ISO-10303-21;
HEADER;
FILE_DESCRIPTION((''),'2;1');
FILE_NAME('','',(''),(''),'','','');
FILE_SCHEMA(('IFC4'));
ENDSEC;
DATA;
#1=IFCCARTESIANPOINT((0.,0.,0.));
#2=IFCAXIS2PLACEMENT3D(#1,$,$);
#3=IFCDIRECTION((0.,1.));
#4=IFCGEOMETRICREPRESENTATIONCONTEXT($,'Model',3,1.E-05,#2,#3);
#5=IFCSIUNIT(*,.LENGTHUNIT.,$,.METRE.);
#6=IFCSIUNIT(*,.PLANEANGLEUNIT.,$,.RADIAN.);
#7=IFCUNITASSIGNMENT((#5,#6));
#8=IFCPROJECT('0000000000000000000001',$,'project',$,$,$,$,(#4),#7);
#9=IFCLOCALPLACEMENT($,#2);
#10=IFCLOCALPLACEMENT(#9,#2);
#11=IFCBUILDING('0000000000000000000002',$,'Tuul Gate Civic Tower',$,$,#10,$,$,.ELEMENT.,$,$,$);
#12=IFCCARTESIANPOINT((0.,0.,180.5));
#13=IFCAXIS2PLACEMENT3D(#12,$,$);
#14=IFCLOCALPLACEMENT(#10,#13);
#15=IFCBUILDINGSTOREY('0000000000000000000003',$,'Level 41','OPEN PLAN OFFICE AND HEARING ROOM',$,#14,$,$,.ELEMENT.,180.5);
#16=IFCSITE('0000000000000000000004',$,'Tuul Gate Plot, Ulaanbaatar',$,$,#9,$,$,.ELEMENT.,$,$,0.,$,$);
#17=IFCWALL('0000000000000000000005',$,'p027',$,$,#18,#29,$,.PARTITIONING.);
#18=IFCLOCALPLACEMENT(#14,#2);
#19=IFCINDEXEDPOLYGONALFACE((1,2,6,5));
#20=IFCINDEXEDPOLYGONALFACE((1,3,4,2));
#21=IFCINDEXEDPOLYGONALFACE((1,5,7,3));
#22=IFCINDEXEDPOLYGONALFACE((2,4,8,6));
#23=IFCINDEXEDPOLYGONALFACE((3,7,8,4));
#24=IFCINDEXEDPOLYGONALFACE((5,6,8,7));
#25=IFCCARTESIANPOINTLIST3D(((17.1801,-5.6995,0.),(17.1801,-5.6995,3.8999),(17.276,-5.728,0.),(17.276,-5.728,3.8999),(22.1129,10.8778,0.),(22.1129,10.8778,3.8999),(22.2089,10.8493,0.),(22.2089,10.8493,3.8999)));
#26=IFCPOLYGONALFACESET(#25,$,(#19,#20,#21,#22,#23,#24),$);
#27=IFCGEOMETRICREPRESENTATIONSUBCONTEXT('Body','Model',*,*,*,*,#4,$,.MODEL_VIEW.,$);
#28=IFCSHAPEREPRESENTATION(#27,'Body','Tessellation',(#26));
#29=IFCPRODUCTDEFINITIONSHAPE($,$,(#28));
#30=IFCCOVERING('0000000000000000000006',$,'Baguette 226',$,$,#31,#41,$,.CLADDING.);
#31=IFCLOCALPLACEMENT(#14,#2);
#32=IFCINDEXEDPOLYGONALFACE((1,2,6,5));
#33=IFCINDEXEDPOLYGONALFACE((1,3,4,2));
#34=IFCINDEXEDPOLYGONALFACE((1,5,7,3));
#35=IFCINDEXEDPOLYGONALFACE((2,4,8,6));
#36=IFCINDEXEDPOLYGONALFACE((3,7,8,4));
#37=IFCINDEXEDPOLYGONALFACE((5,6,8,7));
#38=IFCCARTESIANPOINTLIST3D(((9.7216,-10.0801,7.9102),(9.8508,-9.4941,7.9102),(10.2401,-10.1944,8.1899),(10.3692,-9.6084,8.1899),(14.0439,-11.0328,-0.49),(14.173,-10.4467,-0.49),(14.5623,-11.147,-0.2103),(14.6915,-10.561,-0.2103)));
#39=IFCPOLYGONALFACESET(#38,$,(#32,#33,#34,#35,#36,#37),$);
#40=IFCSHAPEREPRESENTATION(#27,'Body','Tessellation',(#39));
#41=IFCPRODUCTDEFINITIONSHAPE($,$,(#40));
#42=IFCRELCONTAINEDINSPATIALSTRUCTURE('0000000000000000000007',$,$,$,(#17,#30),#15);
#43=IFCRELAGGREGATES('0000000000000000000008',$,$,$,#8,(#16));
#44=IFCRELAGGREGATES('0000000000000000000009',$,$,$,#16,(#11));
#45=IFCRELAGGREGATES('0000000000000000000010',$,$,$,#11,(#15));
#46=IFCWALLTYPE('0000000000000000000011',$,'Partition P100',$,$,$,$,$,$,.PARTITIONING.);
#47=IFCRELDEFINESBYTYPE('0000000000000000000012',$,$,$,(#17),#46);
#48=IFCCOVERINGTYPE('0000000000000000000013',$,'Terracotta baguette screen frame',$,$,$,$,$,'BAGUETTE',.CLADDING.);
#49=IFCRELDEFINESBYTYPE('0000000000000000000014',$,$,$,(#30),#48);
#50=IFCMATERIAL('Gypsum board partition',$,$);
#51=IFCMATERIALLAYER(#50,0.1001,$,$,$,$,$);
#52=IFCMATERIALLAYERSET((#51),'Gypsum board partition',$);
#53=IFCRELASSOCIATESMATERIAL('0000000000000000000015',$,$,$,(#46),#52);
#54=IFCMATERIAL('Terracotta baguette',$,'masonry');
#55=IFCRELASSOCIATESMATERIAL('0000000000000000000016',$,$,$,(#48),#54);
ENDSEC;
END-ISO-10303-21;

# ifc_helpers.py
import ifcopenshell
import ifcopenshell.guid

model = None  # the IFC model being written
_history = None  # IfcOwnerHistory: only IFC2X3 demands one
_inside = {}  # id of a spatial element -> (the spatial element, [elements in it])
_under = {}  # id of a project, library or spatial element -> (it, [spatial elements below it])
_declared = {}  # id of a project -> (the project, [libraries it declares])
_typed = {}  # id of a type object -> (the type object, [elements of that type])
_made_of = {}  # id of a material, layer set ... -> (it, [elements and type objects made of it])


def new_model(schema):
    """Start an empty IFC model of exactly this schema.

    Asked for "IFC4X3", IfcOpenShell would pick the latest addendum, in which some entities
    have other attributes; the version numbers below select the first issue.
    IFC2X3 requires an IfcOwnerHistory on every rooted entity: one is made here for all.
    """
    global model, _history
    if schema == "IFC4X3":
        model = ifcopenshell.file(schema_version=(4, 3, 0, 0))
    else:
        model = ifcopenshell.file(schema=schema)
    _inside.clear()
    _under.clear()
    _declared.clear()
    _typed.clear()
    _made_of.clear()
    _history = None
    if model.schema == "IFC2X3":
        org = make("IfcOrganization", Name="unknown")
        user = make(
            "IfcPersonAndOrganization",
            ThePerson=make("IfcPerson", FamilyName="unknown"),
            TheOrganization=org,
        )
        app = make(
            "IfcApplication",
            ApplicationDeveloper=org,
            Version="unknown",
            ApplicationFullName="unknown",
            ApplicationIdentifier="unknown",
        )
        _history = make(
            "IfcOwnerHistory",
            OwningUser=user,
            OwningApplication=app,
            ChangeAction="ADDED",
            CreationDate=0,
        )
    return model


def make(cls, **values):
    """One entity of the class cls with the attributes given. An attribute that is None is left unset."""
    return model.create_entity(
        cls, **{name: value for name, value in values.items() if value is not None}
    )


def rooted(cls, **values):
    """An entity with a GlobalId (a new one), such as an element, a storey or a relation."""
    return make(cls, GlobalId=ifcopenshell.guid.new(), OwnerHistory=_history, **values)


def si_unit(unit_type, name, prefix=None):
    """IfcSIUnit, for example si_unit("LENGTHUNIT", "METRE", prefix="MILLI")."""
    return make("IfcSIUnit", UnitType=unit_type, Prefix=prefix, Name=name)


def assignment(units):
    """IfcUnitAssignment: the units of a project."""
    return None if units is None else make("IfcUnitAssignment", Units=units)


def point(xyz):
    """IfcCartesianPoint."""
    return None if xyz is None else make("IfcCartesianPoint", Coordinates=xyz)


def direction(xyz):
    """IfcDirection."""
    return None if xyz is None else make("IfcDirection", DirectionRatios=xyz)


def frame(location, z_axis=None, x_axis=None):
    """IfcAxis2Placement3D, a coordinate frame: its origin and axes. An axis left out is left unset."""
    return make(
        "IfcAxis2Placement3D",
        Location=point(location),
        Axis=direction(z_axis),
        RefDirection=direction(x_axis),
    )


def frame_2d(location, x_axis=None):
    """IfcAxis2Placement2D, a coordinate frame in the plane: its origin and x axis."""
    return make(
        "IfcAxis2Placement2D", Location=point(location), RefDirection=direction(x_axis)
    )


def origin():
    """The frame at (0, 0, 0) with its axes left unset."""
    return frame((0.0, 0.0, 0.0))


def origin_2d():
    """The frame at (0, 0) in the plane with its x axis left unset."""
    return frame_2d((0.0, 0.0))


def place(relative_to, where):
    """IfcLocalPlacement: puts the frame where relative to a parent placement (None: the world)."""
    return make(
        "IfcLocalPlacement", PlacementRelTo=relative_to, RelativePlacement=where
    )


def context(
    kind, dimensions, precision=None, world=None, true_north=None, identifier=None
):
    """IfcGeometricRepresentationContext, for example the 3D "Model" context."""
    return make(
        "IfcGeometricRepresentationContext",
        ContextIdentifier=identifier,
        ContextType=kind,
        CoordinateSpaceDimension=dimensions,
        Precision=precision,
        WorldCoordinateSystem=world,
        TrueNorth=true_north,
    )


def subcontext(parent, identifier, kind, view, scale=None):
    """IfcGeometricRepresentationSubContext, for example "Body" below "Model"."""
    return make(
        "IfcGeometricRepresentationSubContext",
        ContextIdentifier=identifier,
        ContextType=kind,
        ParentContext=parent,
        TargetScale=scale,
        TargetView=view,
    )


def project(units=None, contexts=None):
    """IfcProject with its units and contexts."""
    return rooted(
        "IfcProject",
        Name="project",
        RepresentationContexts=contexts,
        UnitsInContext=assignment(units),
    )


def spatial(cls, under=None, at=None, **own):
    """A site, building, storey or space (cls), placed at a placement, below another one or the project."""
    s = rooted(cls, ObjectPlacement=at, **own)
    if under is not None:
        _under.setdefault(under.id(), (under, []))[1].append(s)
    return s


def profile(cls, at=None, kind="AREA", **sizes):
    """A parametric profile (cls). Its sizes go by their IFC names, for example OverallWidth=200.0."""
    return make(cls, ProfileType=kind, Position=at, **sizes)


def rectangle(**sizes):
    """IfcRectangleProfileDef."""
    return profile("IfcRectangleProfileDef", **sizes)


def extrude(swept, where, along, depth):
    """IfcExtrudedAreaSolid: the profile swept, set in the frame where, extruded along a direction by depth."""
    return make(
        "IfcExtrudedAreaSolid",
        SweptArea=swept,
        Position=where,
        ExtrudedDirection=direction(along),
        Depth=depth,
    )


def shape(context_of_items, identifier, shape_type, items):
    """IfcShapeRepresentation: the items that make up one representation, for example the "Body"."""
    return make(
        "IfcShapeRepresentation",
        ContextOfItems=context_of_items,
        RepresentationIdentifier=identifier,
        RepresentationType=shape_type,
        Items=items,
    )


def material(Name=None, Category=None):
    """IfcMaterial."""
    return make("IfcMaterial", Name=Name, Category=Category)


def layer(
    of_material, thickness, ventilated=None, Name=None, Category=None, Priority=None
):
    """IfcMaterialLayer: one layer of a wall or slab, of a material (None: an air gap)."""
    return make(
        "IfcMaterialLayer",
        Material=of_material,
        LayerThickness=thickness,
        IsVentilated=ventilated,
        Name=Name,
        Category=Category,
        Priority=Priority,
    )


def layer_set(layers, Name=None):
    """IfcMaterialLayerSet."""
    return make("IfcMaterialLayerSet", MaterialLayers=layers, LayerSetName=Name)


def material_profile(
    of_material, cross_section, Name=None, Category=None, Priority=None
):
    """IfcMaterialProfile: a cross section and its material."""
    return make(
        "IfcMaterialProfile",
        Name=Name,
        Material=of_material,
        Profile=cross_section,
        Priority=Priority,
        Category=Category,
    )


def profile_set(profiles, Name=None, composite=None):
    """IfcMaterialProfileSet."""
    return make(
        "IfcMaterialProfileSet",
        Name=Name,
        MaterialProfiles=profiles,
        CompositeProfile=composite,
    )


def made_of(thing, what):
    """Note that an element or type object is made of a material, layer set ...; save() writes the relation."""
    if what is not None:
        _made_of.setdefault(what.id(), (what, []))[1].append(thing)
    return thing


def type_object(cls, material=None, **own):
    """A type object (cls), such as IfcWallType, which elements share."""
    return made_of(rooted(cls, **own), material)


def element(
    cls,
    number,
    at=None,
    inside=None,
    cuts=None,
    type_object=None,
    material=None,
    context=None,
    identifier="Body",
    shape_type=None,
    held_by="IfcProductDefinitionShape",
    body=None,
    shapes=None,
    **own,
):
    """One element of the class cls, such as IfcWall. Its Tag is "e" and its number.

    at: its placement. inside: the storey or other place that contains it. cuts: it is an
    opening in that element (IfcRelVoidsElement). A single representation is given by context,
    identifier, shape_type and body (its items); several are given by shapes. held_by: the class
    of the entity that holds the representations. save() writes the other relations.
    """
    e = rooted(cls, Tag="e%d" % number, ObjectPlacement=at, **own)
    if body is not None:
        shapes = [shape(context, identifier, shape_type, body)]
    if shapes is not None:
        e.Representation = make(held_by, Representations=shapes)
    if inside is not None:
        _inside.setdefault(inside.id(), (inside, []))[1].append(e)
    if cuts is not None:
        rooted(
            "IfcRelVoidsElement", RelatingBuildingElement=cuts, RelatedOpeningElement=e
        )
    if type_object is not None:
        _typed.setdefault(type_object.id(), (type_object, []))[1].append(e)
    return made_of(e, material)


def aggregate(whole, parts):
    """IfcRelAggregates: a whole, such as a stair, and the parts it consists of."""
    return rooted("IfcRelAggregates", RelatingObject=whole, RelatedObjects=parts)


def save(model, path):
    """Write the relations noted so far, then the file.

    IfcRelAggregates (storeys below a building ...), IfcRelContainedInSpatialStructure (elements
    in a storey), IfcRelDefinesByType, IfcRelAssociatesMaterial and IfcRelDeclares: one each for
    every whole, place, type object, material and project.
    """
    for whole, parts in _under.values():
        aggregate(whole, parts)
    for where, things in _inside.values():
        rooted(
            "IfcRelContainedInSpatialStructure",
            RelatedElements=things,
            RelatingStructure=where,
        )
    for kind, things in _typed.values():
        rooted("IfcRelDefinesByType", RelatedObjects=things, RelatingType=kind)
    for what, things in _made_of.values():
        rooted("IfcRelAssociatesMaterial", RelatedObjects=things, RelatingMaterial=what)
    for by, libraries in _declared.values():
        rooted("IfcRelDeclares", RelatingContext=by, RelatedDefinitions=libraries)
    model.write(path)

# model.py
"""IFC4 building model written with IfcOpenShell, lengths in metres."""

from ifc_helpers import new_model, si_unit, direction, frame, frame_2d, origin, origin_2d, place, context, subcontext, project, spatial, rectangle, extrude, material, layer, layer_set, material_profile, profile_set, type_object, element, save


model = new_model("IFC4")

# Units and contexts
model_context = context("Model", 3, precision=1e-05, world=origin(), true_north=direction((0.0, 1.0)))
body_context = subcontext(model_context, "Body", "Model", "MODEL_VIEW")
ifc_project = project(units=[si_unit("LENGTHUNIT", "METRE"), si_unit("PLANEANGLEUNIT", "RADIAN")], contexts=[model_context])

# Site, building, storey
site_placement = place(None, origin())
site = spatial("IfcSite", under=ifc_project, at=site_placement, Name="Tuul Gate Plot, Ulaanbaatar", CompositionType="ELEMENT", RefElevation=0.0)
building_placement = place(site_placement, origin())
building = spatial("IfcBuilding", under=site, at=building_placement, Name="Tuul Gate Civic Tower", CompositionType="ELEMENT")
storey_placement = place(building_placement, frame((0.0, 0.0, 180.5)))
storey = spatial("IfcBuildingStorey", under=building, at=storey_placement, Name="Level 41", Description="OPEN PLAN OFFICE AND HEARING ROOM", CompositionType="ELEMENT", Elevation=180.5)

# Wall
ifc_material_1 = material(Name="Gypsum board partition")
ifc_layer_1 = layer(ifc_material_1, 0.1001)
ifc_layer_set_1 = layer_set([ifc_layer_1], Name="Gypsum board partition")
wall_type_1 = type_object("IfcWallType", Name="Partition P100", PredefinedType="PARTITIONING", material=ifc_layer_set_1)
wall_1_placement = place(storey_placement, frame((17.228, -5.7139, 0.0), z_axis=(0.0, 0.0, 1.0), x_axis=(0.285207, 0.958466, 0.0)))
element("IfcWall", 1, at=wall_1_placement, inside=storey, type_object=wall_type_1, Name="p027", PredefinedType="PARTITIONING", context=body_context, shape_type="SweptSolid", body=[
    extrude(rectangle(XDim=17.2957, YDim=0.1001, at=frame_2d((8.6479, 0.0))), origin(), (0.0, 0.0, 1.0), 3.8999),
])

# Covering
ifc_material_2 = material(Name="Terracotta baguette", Category="masonry")
ifc_material_profile_1 = material_profile(ifc_material_2, rectangle(XDim=0.6001, YDim=0.6001, at=origin_2d()), Name="Terracotta baguette screen frame")
ifc_profile_set_1 = profile_set([ifc_material_profile_1], Name="Terracotta baguette")
covering_type = type_object("IfcCoveringType", Name="Terracotta baguette screen frame", ElementType="BAGUETTE", PredefinedType="CLADDING", material=ifc_profile_set_1)
covering_placement = place(storey_placement, frame((10.0454, -9.8442, 8.05), z_axis=(0.455223, -0.100332, -0.884707), x_axis=(0.215236, 0.976562, 0.0)))
element("IfcCovering", 2, at=covering_placement, inside=storey, type_object=covering_type, Name="Baguette 226", PredefinedType="CLADDING", context=body_context, shape_type="SweptSolid", body=[
    extrude(rectangle(XDim=0.6001, YDim=0.6001, at=origin_2d()), origin(), (0.0, 0.0, 1.0), 9.4949),
])

save(model, "model.ifc")
